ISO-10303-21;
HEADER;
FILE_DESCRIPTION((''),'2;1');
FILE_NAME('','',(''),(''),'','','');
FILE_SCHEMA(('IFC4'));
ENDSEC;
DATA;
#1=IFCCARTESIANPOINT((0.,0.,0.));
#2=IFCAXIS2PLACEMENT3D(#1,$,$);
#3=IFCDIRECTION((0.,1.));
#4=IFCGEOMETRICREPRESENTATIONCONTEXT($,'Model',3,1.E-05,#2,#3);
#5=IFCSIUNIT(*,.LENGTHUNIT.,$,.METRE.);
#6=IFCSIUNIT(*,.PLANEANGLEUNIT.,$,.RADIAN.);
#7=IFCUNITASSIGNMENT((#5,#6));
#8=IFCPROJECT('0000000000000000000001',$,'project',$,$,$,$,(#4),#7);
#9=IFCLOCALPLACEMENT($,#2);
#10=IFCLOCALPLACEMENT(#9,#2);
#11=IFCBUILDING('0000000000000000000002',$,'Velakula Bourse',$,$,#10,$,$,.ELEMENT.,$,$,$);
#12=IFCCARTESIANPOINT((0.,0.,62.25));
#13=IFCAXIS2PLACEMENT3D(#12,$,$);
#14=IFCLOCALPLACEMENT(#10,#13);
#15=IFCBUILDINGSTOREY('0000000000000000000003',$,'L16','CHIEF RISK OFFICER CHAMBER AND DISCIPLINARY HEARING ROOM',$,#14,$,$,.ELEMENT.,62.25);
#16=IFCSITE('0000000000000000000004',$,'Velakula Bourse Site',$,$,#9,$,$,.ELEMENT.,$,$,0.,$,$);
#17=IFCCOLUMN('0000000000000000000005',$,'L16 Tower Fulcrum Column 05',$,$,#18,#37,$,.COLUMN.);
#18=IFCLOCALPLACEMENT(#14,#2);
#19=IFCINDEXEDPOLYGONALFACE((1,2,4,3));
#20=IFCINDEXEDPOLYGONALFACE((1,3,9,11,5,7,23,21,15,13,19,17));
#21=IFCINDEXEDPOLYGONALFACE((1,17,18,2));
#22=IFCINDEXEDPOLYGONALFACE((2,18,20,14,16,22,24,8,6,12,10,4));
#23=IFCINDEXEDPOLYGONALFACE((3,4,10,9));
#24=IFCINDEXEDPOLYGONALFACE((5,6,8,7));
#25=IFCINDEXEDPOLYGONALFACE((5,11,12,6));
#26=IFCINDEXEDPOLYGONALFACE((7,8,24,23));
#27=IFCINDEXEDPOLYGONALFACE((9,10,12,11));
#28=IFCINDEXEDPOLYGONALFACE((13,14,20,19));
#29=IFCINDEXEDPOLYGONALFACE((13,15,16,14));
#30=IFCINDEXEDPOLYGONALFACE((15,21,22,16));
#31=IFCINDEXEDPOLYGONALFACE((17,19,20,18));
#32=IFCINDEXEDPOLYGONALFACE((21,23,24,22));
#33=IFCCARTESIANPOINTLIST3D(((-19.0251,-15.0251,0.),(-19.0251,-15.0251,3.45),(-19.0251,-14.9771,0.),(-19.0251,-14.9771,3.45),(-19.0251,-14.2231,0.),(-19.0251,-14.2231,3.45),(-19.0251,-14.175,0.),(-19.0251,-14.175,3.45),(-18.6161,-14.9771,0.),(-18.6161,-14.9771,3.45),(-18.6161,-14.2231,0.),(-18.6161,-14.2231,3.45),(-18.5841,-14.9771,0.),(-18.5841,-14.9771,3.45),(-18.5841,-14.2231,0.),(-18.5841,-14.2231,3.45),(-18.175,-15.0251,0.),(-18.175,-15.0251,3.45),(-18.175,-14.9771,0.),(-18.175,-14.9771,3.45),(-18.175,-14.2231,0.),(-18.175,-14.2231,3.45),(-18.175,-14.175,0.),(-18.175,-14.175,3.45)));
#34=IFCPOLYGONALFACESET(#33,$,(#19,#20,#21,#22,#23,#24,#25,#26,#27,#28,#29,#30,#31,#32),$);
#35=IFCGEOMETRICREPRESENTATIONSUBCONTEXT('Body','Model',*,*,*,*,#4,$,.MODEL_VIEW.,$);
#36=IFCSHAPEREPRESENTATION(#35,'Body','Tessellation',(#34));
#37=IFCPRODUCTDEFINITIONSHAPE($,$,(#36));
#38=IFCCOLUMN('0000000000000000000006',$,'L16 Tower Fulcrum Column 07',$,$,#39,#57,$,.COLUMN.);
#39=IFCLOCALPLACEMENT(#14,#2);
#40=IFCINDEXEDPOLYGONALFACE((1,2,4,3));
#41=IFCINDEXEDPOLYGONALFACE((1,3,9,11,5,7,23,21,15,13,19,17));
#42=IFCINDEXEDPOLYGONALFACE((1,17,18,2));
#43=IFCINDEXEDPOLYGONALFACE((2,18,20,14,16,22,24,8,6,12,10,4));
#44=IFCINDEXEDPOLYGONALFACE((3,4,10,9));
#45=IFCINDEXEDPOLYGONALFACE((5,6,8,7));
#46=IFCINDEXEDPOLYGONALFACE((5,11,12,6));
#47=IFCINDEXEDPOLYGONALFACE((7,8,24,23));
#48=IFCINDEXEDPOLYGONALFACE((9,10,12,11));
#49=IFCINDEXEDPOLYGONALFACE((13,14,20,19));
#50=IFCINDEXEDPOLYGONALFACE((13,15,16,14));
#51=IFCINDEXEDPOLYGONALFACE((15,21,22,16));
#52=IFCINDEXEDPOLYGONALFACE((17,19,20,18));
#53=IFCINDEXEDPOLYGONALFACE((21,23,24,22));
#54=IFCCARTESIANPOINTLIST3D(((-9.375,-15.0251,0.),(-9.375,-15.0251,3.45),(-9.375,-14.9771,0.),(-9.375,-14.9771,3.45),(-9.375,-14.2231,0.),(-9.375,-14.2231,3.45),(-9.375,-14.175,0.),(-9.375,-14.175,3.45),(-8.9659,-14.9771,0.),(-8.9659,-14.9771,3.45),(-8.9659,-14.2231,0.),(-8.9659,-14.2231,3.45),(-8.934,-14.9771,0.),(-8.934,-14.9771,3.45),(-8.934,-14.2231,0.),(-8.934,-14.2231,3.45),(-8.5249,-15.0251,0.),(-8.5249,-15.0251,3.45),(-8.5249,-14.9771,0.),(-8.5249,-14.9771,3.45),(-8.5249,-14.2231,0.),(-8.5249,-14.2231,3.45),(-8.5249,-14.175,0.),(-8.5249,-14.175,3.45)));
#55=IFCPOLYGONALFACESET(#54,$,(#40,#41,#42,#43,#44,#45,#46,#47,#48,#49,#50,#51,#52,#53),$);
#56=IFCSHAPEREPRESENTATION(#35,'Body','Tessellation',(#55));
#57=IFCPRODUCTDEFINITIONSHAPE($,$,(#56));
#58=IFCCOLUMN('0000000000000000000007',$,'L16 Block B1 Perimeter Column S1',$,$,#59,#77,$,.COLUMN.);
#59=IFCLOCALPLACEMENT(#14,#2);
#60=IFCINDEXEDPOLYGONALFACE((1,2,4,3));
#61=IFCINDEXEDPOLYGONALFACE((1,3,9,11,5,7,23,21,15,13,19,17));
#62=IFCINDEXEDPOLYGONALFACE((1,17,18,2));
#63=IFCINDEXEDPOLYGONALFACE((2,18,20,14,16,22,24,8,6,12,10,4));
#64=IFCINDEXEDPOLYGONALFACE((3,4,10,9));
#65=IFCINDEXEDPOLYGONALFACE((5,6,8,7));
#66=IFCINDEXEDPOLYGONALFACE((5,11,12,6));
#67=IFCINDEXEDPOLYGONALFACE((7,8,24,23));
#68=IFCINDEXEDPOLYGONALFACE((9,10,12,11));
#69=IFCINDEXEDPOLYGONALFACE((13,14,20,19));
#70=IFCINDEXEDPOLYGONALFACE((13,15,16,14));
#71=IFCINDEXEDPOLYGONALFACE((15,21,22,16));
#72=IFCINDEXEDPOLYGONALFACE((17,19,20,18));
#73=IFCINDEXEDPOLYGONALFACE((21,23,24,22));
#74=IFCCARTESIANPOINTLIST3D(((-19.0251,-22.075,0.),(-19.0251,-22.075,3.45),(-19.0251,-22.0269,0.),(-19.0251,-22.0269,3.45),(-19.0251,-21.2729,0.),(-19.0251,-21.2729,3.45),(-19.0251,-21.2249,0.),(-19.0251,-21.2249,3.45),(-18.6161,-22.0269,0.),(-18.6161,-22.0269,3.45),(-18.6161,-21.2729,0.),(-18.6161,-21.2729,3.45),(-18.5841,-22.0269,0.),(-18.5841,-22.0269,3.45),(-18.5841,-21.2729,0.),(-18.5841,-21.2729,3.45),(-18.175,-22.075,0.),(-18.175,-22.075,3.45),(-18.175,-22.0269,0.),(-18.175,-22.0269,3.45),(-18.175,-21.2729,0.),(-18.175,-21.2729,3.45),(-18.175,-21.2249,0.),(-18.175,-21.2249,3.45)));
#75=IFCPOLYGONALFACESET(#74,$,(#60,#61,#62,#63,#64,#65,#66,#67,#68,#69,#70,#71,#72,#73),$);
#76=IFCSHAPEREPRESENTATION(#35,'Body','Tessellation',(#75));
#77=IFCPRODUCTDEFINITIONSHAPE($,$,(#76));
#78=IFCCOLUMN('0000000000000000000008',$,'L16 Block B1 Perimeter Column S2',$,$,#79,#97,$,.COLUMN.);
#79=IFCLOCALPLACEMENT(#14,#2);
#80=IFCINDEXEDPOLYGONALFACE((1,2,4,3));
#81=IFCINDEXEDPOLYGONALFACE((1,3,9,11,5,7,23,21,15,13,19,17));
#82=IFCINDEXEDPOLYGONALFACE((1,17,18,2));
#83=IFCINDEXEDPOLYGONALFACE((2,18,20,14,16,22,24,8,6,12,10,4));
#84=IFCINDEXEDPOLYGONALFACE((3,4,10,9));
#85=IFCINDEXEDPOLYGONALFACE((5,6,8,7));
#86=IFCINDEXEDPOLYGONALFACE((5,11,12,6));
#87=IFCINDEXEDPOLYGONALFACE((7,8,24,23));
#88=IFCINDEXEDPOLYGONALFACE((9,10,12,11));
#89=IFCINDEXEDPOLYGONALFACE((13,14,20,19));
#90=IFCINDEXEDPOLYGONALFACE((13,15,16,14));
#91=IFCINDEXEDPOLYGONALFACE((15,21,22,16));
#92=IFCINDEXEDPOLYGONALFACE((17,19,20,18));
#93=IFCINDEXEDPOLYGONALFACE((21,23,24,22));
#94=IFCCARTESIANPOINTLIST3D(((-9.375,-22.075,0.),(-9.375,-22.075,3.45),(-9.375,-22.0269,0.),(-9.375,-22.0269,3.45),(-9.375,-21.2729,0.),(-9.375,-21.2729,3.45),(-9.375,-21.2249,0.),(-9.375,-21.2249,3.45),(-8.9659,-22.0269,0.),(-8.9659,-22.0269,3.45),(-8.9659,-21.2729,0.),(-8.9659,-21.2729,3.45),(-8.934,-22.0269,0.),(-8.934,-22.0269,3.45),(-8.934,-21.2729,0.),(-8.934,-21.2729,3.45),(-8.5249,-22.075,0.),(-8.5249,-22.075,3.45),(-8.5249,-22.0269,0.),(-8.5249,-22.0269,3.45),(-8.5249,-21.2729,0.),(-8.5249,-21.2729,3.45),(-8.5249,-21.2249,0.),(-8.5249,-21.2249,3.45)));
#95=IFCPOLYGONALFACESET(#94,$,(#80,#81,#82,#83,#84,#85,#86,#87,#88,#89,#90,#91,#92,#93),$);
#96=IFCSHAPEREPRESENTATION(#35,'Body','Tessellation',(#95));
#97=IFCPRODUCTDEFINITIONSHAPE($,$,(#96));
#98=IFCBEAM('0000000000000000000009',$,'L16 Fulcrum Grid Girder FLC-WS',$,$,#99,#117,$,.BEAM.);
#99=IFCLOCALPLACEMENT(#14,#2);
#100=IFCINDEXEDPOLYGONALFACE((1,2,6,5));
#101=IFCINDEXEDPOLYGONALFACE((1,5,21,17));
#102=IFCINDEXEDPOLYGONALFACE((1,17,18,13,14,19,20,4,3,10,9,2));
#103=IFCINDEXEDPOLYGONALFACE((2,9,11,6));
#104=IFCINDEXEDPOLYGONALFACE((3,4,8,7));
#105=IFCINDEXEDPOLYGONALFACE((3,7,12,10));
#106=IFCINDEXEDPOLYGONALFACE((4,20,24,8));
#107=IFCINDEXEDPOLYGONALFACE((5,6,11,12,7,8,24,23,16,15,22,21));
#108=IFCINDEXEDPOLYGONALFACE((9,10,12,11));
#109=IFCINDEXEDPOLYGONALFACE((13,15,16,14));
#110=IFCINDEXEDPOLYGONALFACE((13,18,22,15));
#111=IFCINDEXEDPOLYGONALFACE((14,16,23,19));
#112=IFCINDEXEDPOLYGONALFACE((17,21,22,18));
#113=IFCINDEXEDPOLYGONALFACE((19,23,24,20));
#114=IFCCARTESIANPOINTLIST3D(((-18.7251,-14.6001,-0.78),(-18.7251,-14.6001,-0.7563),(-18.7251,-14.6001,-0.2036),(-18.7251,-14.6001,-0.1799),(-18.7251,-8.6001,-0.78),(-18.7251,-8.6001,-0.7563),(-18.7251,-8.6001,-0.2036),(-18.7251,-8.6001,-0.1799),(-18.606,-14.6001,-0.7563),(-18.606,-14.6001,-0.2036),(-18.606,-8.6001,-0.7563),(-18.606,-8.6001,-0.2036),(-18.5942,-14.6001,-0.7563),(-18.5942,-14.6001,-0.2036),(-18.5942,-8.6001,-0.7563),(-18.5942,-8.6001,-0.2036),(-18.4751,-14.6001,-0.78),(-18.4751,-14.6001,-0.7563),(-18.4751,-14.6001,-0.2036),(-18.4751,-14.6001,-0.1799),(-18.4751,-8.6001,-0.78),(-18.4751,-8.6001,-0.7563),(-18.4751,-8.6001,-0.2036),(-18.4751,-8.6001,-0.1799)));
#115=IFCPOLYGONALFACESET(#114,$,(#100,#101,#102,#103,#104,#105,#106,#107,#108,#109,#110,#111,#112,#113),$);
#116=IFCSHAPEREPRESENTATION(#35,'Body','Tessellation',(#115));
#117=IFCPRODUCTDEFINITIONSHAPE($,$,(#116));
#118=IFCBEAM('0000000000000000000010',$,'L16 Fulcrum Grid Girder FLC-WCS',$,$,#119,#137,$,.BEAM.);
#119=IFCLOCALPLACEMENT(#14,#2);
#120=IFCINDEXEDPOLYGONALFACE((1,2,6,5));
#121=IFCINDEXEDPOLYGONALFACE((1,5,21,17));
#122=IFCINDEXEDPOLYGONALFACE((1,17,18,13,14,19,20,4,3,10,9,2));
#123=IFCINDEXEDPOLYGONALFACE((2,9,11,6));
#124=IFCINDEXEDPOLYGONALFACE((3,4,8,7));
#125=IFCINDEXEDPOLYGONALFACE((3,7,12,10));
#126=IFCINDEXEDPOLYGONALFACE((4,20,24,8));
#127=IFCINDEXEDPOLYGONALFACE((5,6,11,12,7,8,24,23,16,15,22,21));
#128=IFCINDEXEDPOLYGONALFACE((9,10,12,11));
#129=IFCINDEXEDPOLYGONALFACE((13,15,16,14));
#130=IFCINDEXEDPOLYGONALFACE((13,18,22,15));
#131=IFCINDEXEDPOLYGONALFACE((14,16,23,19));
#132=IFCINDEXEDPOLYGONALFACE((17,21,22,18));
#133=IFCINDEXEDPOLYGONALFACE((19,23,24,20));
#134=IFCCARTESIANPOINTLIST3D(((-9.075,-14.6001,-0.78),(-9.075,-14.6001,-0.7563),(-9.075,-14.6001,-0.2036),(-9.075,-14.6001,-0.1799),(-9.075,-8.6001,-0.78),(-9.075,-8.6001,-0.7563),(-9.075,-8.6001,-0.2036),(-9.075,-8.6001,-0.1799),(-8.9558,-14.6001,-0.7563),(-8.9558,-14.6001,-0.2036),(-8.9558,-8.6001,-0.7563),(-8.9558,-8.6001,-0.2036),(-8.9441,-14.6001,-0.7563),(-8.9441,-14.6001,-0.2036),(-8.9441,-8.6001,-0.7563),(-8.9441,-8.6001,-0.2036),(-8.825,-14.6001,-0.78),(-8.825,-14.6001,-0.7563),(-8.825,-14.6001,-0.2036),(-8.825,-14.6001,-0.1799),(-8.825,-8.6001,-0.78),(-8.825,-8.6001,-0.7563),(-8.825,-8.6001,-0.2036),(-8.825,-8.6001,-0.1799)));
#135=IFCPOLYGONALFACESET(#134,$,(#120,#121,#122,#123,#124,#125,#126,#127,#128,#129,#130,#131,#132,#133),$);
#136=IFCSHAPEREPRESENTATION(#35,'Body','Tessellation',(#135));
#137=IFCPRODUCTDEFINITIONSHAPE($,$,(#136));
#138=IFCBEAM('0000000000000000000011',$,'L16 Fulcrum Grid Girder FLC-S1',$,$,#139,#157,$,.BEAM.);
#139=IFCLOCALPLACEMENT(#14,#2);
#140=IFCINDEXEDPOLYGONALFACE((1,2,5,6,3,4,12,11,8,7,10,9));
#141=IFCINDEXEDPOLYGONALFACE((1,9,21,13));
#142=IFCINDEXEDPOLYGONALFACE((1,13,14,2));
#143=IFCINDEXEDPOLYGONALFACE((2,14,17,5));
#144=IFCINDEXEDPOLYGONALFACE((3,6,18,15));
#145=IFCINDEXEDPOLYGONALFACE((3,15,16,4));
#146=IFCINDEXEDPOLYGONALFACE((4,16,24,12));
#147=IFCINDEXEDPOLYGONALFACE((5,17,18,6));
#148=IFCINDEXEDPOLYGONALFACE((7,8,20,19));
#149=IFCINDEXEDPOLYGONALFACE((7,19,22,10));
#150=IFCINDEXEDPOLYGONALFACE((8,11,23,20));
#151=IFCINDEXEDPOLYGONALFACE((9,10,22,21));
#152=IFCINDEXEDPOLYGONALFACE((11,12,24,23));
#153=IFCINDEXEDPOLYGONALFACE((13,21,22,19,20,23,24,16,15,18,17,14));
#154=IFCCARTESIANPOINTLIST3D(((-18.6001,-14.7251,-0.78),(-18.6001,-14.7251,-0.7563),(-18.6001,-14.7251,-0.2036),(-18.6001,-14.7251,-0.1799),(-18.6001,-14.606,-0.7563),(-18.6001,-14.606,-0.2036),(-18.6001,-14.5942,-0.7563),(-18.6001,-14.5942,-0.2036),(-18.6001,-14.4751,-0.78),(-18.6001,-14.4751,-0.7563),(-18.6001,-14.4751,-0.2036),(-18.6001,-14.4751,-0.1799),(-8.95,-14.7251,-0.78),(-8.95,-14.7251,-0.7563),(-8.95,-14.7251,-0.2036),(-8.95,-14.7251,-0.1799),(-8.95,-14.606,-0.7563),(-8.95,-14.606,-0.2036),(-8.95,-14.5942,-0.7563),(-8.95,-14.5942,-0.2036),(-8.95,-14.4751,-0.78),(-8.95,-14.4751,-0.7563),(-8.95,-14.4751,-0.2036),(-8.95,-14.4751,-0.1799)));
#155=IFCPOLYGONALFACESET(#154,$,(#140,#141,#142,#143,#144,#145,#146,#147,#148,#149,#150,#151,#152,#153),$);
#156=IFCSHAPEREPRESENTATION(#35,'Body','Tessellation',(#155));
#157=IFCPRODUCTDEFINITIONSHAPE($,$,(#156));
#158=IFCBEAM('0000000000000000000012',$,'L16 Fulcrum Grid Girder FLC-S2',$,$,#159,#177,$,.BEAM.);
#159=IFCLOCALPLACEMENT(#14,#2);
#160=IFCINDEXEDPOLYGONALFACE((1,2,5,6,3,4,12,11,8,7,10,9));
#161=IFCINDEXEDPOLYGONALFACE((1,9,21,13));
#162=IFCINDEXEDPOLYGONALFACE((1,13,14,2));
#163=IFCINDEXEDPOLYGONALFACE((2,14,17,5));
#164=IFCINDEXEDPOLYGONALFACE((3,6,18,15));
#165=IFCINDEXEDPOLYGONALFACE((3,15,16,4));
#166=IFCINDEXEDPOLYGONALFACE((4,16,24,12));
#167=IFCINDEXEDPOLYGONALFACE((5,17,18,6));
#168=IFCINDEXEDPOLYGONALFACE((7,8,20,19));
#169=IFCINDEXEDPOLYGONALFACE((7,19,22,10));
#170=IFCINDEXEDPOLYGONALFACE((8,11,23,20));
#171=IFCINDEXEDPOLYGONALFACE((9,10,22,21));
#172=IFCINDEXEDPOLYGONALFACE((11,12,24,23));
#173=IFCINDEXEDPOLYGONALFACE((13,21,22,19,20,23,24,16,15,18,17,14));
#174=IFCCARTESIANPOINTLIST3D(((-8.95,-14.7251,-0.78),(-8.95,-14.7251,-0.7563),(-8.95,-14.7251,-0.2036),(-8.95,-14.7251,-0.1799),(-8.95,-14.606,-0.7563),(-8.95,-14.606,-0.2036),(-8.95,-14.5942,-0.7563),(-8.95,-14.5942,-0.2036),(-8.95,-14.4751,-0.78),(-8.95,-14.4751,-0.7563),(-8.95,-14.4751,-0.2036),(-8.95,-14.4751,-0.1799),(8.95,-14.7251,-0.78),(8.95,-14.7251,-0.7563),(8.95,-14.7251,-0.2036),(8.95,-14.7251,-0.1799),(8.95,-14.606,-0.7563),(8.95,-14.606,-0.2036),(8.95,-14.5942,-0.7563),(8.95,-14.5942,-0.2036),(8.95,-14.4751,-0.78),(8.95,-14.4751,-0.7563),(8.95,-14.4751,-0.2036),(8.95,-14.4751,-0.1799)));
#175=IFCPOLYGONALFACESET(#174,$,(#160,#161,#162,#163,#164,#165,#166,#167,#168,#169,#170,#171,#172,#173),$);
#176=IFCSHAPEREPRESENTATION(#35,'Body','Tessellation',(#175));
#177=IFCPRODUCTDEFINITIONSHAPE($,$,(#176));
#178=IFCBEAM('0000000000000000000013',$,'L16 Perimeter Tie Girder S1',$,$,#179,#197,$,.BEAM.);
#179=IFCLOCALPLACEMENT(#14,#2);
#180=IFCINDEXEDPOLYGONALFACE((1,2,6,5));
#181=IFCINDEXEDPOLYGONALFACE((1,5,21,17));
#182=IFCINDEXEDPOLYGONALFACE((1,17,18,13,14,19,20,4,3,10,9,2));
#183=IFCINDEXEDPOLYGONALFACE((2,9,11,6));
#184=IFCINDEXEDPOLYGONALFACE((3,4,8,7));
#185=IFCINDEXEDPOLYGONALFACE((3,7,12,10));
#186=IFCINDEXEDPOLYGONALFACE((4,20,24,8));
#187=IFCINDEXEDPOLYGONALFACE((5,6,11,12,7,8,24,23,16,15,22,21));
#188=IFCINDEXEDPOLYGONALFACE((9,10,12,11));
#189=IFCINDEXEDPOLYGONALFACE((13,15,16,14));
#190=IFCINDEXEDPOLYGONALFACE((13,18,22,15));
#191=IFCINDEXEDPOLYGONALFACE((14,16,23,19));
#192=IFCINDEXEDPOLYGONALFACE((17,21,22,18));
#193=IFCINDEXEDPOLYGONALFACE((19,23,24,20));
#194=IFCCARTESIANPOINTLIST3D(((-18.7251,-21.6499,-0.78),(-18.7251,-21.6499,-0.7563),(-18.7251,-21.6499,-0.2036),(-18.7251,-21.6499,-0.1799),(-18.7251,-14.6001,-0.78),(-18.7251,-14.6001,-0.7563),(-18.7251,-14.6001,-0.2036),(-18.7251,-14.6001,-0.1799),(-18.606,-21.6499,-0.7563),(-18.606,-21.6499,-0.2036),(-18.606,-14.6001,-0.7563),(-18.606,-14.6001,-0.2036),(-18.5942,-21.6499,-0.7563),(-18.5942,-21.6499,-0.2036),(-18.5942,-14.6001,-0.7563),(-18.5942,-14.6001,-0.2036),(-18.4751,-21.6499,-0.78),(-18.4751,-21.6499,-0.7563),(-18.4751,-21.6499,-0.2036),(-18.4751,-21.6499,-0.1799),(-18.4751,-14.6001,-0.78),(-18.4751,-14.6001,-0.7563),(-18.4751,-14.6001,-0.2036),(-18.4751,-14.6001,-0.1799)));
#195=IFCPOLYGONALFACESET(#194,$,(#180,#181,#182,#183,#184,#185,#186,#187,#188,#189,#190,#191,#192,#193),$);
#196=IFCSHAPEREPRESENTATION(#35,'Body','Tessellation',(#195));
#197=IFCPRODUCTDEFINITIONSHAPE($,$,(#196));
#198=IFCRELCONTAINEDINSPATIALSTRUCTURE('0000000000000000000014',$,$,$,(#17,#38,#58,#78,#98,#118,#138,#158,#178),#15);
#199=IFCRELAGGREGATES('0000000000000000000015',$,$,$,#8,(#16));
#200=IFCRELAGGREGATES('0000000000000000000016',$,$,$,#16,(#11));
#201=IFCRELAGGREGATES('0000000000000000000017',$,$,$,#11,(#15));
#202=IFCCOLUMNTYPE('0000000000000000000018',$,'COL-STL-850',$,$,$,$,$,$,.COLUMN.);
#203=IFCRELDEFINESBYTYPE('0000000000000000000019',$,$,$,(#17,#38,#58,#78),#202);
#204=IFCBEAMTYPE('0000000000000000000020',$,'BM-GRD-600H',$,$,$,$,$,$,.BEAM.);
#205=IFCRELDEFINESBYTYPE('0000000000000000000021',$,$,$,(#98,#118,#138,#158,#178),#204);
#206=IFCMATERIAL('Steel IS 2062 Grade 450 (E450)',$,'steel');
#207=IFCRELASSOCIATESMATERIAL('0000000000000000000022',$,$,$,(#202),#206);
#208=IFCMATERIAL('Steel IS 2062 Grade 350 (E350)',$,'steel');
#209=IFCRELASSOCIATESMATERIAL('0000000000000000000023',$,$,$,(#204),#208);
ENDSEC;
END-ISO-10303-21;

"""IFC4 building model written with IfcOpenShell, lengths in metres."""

from ifc_helpers import new_model, si_unit, direction, frame, origin, origin_2d, place, context, subcontext, project, spatial, i_section, extrude, material, material_profile, profile_set, type_object, element, save


model = new_model("IFC4")

# Units and contexts
model_context = context("Model", 3, precision=1e-05, world=origin(), true_north=direction((0.0, 1.0)))
body_context = subcontext(model_context, "Body", "Model", "MODEL_VIEW")
ifc_project = project(units=[si_unit("LENGTHUNIT", "METRE"), si_unit("PLANEANGLEUNIT", "RADIAN")], contexts=[model_context])

# Site, building, storey
site_placement = place(None, origin())
site = spatial("IfcSite", under=ifc_project, at=site_placement, Name="Velakula Bourse Site", CompositionType="ELEMENT", RefElevation=0.0)
building_placement = place(site_placement, origin())
building = spatial("IfcBuilding", under=site, at=building_placement, Name="Velakula Bourse", CompositionType="ELEMENT")
storey_placement = place(building_placement, frame((0.0, 0.0, 62.25)))
storey = spatial("IfcBuildingStorey", under=building, at=storey_placement, Name="L16", Description="CHIEF RISK OFFICER CHAMBER AND DISCIPLINARY HEARING ROOM", CompositionType="ELEMENT", Elevation=62.25)

# Columns
ifc_material_1 = material(Name="Steel IS 2062 Grade 450 (E450)", Category="steel")
ifc_material_profile_1 = material_profile(ifc_material_1, i_section(OverallWidth=0.8501, OverallDepth=0.8501, WebThickness=0.032, FlangeThickness=0.0481, at=origin_2d()), Name="Steel IS 2062 Grade 450 (E450)")
ifc_profile_set_1 = profile_set([ifc_material_profile_1], Name="Steel IS 2062 Grade 450 (E450)")
column_type = type_object("IfcColumnType", Name="COL-STL-850", PredefinedType="COLUMN", material=ifc_profile_set_1)
for number, where, z_axis, x_axis, name in (
    (1, (-18.6001, -14.6001, 0.0), (0.0, 0.0, 1.0), (1.0, 0.0, 0.0), "L16 Tower Fulcrum Column 05"),
    (2, (-8.95, -14.6001, 0.0), (0.0, 0.0, 1.0), (1.0, 0.0, 0.0), "L16 Tower Fulcrum Column 07"),
    (3, (-18.6001, -21.6499, 0.0), (0.0, 0.0, 1.0), (1.0, 0.0, 0.0), "L16 Block B1 Perimeter Column S1"),
    (4, (-8.95, -21.6499, 0.0), (0.0, 0.0, 1.0), (1.0, 0.0, 0.0), "L16 Block B1 Perimeter Column S2"),
):
    element("IfcColumn", number, at=place(storey_placement, frame(where, z_axis=z_axis, x_axis=x_axis)), inside=storey, type_object=column_type, Name=name, PredefinedType="COLUMN", context=body_context, shape_type="SweptSolid", body=[
        extrude(i_section(OverallWidth=0.8501, OverallDepth=0.8501, WebThickness=0.032, FlangeThickness=0.0481, at=origin_2d()), origin(), (0.0, 0.0, 1.0), 3.45),
    ])

# Beams
ifc_material_2 = material(Name="Steel IS 2062 Grade 350 (E350)", Category="steel")
ifc_material_profile_2 = material_profile(ifc_material_2, i_section(OverallWidth=0.25, OverallDepth=0.6001, WebThickness=0.0117, FlangeThickness=0.0237, at=origin_2d()), Name="Steel IS 2062 Grade 350 (E350)")
ifc_profile_set_2 = profile_set([ifc_material_profile_2], Name="Steel IS 2062 Grade 350 (E350)")
beam_type_1 = type_object("IfcBeamType", Name="BM-GRD-600H", PredefinedType="BEAM", material=ifc_profile_set_2)
for number, where, z_axis, x_axis, name in (
    (5, (-18.6001, -14.6001, -0.48), (0.0, 1.0, 0.0), (-1.0, 0.0, 0.0), "L16 Fulcrum Grid Girder FLC-WS"),
    (6, (-8.95, -14.6001, -0.48), (0.0, 1.0, 0.0), (-1.0, 0.0, 0.0), "L16 Fulcrum Grid Girder FLC-WCS"),
):
    element("IfcBeam", number, at=place(storey_placement, frame(where, z_axis=z_axis, x_axis=x_axis)), inside=storey, type_object=beam_type_1, Name=name, PredefinedType="BEAM", context=body_context, shape_type="SweptSolid", body=[
        extrude(i_section(OverallWidth=0.25, OverallDepth=0.6001, WebThickness=0.0117, FlangeThickness=0.0237, at=origin_2d()), origin(), (0.0, 0.0, 1.0), 6.0),
    ])
beam_1_placement = place(storey_placement, frame((-18.6001, -14.6001, -0.48), z_axis=(1.0, 0.0, 0.0), x_axis=(0.0, 1.0, 0.0)))
element("IfcBeam", 7, at=beam_1_placement, inside=storey, type_object=beam_type_1, Name="L16 Fulcrum Grid Girder FLC-S1", PredefinedType="BEAM", context=body_context, shape_type="SweptSolid", body=[
    extrude(i_section(OverallWidth=0.25, OverallDepth=0.6001, WebThickness=0.0117, FlangeThickness=0.0237, at=origin_2d()), origin(), (0.0, 0.0, 1.0), 9.6501),
])
beam_2_placement = place(storey_placement, frame((-8.95, -14.6001, -0.48), z_axis=(1.0, 0.0, 0.0), x_axis=(0.0, 1.0, 0.0)))
element("IfcBeam", 8, at=beam_2_placement, inside=storey, type_object=beam_type_1, Name="L16 Fulcrum Grid Girder FLC-S2", PredefinedType="BEAM", context=body_context, shape_type="SweptSolid", body=[
    extrude(i_section(OverallWidth=0.25, OverallDepth=0.6001, WebThickness=0.0117, FlangeThickness=0.0237, at=origin_2d()), origin(), (0.0, 0.0, 1.0), 17.8999),
])
for number, where, z_axis, x_axis, name in (
    (9, (-18.6001, -14.6001, -0.48), (0.0, -1.0, 0.0), (1.0, 0.0, 0.0), "L16 Perimeter Tie Girder S1"),
):
    element("IfcBeam", number, at=place(storey_placement, frame(where, z_axis=z_axis, x_axis=x_axis)), inside=storey, type_object=beam_type_1, Name=name, PredefinedType="BEAM", context=body_context, shape_type="SweptSolid", body=[
        extrude(i_section(OverallWidth=0.25, OverallDepth=0.6001, WebThickness=0.0117, FlangeThickness=0.0237, at=origin_2d()), origin(), (0.0, 0.0, 1.0), 7.0498),
    ])

save(model, "model.ifc")
